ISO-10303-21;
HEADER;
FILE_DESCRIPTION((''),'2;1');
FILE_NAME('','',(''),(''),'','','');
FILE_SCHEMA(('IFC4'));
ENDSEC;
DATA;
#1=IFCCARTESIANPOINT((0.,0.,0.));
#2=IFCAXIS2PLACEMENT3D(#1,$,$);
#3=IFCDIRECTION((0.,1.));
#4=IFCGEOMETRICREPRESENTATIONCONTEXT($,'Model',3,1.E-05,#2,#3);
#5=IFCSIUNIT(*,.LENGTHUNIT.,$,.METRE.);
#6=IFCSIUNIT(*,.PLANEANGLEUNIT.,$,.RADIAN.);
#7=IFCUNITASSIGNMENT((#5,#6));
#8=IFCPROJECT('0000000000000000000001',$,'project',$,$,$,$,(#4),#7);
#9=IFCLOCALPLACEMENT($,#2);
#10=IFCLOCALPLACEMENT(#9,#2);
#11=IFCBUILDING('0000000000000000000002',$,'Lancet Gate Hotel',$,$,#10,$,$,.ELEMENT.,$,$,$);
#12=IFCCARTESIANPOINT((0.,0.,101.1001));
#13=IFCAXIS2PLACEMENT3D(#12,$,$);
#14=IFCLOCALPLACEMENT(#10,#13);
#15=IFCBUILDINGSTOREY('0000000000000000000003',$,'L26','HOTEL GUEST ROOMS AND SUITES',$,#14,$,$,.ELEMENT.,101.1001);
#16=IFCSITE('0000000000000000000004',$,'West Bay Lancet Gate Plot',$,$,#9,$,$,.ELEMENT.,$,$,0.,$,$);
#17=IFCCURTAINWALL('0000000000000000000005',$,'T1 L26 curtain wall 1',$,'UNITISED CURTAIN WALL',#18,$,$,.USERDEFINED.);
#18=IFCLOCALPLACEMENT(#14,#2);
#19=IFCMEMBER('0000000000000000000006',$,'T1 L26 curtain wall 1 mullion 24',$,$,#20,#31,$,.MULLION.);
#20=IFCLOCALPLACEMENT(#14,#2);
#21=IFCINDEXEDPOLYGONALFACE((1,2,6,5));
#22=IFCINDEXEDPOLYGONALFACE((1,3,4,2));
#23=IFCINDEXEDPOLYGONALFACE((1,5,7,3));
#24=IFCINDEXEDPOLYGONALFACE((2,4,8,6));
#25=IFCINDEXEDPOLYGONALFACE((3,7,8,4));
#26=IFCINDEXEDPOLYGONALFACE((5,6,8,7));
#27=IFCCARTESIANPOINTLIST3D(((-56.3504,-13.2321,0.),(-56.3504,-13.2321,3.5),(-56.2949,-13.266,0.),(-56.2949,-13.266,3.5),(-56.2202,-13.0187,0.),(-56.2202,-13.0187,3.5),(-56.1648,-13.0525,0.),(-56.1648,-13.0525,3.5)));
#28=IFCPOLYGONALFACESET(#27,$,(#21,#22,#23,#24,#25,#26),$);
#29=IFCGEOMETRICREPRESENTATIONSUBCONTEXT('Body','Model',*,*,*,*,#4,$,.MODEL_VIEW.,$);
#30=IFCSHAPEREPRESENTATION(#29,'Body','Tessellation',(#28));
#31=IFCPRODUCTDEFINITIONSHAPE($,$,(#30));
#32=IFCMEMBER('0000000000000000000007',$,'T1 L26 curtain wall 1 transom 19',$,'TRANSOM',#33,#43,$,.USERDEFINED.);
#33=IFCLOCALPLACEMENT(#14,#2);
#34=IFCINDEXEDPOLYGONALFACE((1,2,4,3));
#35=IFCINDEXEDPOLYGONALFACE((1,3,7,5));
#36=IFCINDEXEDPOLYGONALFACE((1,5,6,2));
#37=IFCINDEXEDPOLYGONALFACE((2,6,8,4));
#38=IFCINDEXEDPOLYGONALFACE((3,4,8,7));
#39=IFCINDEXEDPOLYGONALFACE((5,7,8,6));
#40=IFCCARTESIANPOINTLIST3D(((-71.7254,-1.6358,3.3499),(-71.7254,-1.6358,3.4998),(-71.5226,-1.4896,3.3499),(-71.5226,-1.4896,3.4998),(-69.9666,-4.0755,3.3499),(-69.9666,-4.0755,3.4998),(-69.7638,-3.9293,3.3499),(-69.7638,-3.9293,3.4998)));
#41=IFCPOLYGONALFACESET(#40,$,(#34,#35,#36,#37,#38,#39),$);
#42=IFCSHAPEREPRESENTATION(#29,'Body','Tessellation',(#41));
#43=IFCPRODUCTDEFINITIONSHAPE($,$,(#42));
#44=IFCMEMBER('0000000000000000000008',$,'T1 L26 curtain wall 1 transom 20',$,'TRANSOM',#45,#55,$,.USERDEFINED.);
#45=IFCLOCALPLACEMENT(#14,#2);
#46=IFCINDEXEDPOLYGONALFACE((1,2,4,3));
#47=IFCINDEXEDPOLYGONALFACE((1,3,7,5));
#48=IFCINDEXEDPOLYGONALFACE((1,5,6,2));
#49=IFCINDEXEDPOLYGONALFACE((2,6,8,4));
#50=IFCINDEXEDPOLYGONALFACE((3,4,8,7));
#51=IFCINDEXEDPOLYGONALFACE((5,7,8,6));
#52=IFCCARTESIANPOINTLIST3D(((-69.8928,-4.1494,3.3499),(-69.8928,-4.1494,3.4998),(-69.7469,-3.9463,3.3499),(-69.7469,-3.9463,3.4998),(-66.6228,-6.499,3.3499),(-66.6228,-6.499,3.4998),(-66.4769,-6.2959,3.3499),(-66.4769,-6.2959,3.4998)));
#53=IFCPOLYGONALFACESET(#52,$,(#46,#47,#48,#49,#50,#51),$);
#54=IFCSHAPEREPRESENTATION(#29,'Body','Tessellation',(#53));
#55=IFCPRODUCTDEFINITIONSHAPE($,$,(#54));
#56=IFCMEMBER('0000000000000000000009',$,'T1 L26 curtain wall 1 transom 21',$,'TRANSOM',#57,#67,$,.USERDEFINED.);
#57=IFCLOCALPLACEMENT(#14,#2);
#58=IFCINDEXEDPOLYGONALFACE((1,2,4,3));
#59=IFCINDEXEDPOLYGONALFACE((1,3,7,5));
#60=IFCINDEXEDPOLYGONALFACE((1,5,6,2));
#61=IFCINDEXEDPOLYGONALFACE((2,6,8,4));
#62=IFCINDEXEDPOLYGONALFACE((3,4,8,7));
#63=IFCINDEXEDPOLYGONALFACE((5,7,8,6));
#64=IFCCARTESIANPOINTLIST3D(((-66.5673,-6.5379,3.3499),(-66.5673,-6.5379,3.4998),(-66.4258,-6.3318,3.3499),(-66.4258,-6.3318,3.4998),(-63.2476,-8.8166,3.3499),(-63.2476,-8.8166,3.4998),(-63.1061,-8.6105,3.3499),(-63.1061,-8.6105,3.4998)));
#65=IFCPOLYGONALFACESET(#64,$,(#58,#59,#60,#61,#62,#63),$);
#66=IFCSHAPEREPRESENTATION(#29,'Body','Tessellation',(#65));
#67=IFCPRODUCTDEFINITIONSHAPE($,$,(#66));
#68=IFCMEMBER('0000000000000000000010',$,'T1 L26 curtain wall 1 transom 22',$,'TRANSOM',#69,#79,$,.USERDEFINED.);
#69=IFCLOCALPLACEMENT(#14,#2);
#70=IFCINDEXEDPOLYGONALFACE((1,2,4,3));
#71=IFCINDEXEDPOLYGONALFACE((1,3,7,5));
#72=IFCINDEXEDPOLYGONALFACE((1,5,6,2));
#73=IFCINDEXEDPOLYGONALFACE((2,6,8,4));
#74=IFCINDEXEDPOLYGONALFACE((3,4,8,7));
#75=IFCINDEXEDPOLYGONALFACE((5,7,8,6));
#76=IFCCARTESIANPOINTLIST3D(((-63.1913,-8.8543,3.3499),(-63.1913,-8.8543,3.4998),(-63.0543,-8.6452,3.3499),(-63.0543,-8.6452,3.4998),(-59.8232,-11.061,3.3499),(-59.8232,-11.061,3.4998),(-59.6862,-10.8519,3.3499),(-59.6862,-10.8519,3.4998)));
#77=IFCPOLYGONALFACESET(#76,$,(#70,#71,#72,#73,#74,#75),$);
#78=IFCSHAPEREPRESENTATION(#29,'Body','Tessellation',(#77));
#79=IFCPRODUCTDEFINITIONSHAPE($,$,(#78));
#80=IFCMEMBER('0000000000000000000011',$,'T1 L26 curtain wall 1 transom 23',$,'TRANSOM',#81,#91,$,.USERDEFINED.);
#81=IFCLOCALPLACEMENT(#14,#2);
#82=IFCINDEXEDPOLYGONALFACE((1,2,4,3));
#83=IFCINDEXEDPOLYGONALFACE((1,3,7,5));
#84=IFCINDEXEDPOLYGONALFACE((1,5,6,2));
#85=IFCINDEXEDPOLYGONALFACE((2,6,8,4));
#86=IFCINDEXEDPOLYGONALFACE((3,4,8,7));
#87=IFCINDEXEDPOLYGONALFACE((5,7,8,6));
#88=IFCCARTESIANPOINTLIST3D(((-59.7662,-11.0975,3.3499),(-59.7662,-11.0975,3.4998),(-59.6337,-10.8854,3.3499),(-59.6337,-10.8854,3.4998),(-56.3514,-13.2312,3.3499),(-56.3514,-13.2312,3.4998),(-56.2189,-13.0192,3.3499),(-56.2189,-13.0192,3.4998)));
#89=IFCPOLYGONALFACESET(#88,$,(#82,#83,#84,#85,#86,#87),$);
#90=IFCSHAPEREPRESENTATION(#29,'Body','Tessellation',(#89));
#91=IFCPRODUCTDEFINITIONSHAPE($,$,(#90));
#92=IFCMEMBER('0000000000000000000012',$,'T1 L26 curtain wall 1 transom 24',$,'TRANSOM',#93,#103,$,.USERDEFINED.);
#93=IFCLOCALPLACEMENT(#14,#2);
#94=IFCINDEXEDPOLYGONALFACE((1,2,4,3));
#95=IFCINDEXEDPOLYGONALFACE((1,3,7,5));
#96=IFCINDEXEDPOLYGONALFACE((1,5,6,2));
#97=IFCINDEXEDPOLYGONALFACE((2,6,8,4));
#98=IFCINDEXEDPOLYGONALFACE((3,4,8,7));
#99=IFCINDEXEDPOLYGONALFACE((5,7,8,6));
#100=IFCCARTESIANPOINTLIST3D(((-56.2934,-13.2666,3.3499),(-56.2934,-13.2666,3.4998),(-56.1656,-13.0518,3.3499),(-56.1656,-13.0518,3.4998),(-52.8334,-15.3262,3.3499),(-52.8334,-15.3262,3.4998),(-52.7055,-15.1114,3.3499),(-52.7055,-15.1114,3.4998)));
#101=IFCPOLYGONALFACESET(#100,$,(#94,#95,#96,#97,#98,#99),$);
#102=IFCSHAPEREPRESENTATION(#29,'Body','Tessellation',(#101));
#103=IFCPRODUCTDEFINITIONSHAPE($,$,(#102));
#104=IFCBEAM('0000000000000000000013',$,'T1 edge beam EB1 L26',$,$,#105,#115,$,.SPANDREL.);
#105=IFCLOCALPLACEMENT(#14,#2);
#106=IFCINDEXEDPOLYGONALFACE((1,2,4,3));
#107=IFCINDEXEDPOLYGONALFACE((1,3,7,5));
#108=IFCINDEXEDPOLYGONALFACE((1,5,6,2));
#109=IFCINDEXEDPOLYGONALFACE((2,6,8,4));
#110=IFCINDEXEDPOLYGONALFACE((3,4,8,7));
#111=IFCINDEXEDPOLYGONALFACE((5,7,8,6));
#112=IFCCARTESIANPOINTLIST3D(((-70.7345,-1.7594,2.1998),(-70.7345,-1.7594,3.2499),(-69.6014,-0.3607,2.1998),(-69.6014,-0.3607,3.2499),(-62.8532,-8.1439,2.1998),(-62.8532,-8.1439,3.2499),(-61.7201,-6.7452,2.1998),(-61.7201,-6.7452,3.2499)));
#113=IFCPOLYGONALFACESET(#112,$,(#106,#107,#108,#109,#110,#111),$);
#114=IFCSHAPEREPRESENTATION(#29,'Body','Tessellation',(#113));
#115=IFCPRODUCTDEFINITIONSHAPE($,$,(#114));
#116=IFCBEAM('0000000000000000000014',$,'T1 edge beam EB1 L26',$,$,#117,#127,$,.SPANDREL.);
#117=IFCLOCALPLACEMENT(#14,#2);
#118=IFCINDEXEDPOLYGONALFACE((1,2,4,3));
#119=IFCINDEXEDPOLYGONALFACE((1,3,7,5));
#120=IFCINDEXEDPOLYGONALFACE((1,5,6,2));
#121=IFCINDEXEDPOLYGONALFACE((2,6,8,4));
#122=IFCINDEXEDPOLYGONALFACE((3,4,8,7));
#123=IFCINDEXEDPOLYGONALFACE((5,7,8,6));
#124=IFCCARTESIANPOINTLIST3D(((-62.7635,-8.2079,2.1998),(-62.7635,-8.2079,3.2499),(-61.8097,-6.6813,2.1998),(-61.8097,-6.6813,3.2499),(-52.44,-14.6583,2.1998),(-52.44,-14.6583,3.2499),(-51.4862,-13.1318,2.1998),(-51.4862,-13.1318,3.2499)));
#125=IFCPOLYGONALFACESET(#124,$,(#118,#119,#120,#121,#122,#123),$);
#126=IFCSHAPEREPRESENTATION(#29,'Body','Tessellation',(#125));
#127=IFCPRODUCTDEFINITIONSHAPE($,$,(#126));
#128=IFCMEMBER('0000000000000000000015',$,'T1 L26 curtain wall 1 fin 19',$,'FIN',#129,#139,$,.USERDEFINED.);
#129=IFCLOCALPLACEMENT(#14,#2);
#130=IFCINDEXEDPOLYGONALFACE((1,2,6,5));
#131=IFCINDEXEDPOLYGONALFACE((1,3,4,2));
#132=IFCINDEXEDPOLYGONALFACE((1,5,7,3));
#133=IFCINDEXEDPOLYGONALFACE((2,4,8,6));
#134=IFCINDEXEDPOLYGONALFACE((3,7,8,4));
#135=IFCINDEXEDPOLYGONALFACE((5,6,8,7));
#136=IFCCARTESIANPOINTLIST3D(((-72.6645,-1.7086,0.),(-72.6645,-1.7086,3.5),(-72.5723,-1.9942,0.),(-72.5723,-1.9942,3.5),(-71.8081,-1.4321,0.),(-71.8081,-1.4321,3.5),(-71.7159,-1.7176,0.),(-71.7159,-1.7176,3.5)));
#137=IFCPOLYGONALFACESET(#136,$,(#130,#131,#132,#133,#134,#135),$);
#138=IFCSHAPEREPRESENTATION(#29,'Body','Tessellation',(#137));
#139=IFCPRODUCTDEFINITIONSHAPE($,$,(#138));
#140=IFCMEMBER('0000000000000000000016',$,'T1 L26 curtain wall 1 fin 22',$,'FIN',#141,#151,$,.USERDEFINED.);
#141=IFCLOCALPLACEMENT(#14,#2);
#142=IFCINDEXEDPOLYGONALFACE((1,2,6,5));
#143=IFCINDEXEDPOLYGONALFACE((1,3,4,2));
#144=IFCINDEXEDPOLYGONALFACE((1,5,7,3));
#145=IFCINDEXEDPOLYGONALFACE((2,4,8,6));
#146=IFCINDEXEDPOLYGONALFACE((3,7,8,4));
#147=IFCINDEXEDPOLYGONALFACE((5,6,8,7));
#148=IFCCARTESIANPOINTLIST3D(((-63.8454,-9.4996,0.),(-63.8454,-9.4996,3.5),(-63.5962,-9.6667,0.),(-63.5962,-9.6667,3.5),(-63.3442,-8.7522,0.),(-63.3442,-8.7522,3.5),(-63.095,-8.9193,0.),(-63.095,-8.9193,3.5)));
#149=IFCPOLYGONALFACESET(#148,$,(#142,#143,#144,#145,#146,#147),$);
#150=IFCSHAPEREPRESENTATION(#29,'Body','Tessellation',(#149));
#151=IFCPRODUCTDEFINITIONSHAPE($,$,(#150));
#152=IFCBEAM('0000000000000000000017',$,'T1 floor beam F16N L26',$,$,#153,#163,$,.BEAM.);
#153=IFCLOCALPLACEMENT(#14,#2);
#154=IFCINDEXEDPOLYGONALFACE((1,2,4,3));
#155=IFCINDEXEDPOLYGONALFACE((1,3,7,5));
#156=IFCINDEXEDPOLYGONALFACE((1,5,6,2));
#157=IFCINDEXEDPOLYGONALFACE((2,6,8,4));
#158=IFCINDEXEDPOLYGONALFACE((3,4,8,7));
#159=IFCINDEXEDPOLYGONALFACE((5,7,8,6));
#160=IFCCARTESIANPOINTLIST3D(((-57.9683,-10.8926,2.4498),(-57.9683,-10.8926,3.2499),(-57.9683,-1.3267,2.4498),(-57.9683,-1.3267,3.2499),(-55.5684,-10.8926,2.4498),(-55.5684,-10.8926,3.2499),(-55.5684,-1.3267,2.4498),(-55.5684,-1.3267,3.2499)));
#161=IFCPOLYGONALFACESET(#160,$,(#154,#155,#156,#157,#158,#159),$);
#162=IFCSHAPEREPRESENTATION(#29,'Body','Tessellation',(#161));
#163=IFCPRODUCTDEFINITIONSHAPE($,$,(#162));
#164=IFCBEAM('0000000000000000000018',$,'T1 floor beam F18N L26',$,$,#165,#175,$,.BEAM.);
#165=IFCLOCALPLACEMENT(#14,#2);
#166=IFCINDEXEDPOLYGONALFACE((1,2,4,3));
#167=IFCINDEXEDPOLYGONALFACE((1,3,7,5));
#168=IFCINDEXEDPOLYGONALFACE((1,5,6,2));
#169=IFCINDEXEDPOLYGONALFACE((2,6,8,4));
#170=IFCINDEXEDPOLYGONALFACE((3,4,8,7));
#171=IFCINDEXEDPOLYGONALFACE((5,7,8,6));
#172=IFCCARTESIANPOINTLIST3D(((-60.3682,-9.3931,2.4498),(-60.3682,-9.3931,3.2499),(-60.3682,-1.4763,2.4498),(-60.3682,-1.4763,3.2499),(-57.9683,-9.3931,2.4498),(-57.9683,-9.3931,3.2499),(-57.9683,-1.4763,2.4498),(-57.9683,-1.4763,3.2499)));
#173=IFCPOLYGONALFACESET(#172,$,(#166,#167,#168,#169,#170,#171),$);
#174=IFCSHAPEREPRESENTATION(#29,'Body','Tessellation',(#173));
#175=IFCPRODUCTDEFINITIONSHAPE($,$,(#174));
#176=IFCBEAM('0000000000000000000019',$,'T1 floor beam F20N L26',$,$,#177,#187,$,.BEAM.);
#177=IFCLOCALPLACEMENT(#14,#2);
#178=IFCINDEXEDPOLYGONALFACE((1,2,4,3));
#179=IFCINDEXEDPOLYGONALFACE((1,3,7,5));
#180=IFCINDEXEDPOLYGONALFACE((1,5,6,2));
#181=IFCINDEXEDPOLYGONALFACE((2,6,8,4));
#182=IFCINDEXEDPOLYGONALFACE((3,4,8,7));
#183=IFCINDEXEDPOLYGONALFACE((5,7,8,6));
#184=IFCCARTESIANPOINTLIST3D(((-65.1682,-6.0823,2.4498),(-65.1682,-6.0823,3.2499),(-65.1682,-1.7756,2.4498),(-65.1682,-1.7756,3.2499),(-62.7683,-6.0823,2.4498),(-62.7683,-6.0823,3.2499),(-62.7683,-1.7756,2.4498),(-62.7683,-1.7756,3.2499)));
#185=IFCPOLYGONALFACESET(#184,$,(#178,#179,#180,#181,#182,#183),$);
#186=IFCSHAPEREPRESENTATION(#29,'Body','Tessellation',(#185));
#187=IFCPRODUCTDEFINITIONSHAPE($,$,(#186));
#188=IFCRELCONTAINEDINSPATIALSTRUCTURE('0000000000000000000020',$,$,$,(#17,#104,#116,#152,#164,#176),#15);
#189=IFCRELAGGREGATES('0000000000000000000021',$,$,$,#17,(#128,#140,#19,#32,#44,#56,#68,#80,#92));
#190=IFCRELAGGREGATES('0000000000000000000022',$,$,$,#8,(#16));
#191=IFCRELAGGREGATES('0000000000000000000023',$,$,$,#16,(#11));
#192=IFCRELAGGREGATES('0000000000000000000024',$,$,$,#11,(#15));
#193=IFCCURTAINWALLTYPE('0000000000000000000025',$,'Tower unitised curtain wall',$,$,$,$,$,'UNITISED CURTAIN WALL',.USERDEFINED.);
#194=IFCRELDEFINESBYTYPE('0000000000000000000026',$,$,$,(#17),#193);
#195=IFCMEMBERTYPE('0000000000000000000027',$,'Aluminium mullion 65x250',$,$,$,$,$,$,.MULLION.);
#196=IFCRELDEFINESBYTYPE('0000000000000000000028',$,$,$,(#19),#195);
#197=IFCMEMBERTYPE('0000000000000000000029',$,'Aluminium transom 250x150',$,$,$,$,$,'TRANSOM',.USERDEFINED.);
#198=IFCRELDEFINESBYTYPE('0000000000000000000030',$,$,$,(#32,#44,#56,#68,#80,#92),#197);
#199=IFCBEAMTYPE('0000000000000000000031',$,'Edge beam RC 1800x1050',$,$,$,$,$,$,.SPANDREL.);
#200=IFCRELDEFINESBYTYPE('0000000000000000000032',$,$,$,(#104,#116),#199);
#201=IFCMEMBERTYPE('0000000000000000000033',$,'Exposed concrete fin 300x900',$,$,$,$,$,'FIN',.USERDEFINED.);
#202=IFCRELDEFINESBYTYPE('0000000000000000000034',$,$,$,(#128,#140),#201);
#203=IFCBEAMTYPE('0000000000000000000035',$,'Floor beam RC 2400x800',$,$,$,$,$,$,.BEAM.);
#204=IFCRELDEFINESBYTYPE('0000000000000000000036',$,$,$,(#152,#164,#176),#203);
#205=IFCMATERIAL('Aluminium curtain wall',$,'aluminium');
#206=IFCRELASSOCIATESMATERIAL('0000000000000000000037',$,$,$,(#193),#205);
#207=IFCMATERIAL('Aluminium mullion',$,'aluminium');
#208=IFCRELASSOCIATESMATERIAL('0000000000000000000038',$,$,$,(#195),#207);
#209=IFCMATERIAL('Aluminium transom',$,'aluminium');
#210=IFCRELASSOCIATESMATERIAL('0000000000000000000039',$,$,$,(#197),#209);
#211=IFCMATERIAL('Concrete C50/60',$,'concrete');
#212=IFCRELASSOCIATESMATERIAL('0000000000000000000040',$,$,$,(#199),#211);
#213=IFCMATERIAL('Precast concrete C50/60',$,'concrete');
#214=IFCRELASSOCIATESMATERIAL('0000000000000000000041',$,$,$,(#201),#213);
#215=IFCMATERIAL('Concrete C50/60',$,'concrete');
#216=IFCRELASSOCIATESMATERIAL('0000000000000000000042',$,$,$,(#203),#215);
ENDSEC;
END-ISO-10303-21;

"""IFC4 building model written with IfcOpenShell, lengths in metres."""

from ifc_helpers import new_model, si_unit, direction, frame, origin, origin_2d, place, context, subcontext, project, spatial, rectangle, extrude, material, material_profile, profile_set, type_object, element, aggregate, save


model = new_model("IFC4")

# Units and contexts
model_context = context("Model", 3, precision=1e-05, world=origin(), true_north=direction((0.0, 1.0)))
body_context = subcontext(model_context, "Body", "Model", "MODEL_VIEW")
ifc_project = project(units=[si_unit("LENGTHUNIT", "METRE"), si_unit("PLANEANGLEUNIT", "RADIAN")], contexts=[model_context])

# Site, building, storey
site_placement = place(None, origin())
site = spatial("IfcSite", under=ifc_project, at=site_placement, Name="West Bay Lancet Gate Plot", CompositionType="ELEMENT", RefElevation=0.0)
building_placement = place(site_placement, origin())
building = spatial("IfcBuilding", under=site, at=building_placement, Name="Lancet Gate Hotel", CompositionType="ELEMENT")
storey_placement = place(building_placement, frame((0.0, 0.0, 101.1001)))
storey = spatial("IfcBuildingStorey", under=building, at=storey_placement, Name="L26", Description="HOTEL GUEST ROOMS AND SUITES", CompositionType="ELEMENT", Elevation=101.1001)

# Curtain wall, members
ifc_material_1 = material(Name="Aluminium curtain wall", Category="aluminium")
curtain_wall_type = type_object("IfcCurtainWallType", Name="Tower unitised curtain wall", ElementType="UNITISED CURTAIN WALL", PredefinedType="USERDEFINED", material=ifc_material_1)
curtain_wall_placement = place(storey_placement, origin())
curtain_wall = element("IfcCurtainWall", 1, at=curtain_wall_placement, inside=storey, type_object=curtain_wall_type, Name="T1 L26 curtain wall 1", ObjectType="UNITISED CURTAIN WALL", PredefinedType="USERDEFINED")
ifc_material_2 = material(Name="Aluminium mullion", Category="aluminium")
ifc_material_profile_1 = material_profile(ifc_material_2, rectangle(XDim=0.0649, YDim=0.25, at=origin_2d()), Name="MULLION 65x250")
ifc_profile_set_1 = profile_set([ifc_material_profile_1], Name="Aluminium mullion")
member_type_1 = type_object("IfcMemberType", Name="Aluminium mullion 65x250", PredefinedType="MULLION", material=ifc_profile_set_1)
member_1_placement = place(storey_placement, frame((-56.2576, -13.1423, 0.0), z_axis=(0.0, 0.0, 1.0), x_axis=(0.853716, -0.520739, 0.0)))
member_1 = element("IfcMember", 2, at=member_1_placement, type_object=member_type_1, Name="T1 L26 curtain wall 1 mullion 24", PredefinedType="MULLION", context=body_context, shape_type="SweptSolid", body=[
    extrude(rectangle(XDim=0.0649, YDim=0.25, at=origin_2d()), origin(), (0.0, 0.0, 1.0), 3.5),
])
ifc_material_3 = material(Name="Aluminium transom", Category="aluminium")
ifc_material_profile_2 = material_profile(ifc_material_3, rectangle(XDim=0.25, YDim=0.1499, at=origin_2d()), Name="TRANSOM 250x150")
ifc_profile_set_2 = profile_set([ifc_material_profile_2], Name="Aluminium transom")
member_type_2 = type_object("IfcMemberType", Name="Aluminium transom 250x150", ElementType="TRANSOM", PredefinedType="USERDEFINED", material=ifc_profile_set_2)
member_2_placement = place(storey_placement, frame((-71.624, -1.5627, 3.4248), z_axis=(0.584788, -0.811186, 0.0), x_axis=(0.811186, 0.584788, 0.0)))
member_2 = element("IfcMember", 3, at=member_2_placement, type_object=member_type_2, Name="T1 L26 curtain wall 1 transom 19", ObjectType="TRANSOM", PredefinedType="USERDEFINED", context=body_context, shape_type="SweptSolid", body=[
    extrude(rectangle(XDim=0.25, YDim=0.1499, at=origin_2d()), origin(), (0.0, 0.0, 1.0), 3.0076),
])
member_3_placement = place(storey_placement, frame((-69.8198, -4.0479, 3.4248), z_axis=(0.8121, -0.583519, 0.0), x_axis=(0.583519, 0.8121, 0.0)))
member_3 = element("IfcMember", 4, at=member_3_placement, type_object=member_type_2, Name="T1 L26 curtain wall 1 transom 20", ObjectType="TRANSOM", PredefinedType="USERDEFINED", context=body_context, shape_type="SweptSolid", body=[
    extrude(rectangle(XDim=0.25, YDim=0.1499, at=origin_2d()), origin(), (0.0, 0.0, 1.0), 4.0266),
])
member_4_placement = place(storey_placement, frame((-66.4966, -6.4348, 3.4248), z_axis=(0.824456, -0.565927, 0.0), x_axis=(0.565927, 0.824456, 0.0)))
member_4 = element("IfcMember", 5, at=member_4_placement, type_object=member_type_2, Name="T1 L26 curtain wall 1 transom 21", ObjectType="TRANSOM", PredefinedType="USERDEFINED", context=body_context, shape_type="SweptSolid", body=[
    extrude(rectangle(XDim=0.25, YDim=0.1499, at=origin_2d()), origin(), (0.0, 0.0, 1.0), 4.0266),
])
member_5_placement = place(storey_placement, frame((-63.1228, -8.7498, 3.4248), z_axis=(0.836454, -0.548036, 0.0), x_axis=(0.548036, 0.836454, 0.0)))
member_5 = element("IfcMember", 6, at=member_5_placement, type_object=member_type_2, Name="T1 L26 curtain wall 1 transom 22", ObjectType="TRANSOM", PredefinedType="USERDEFINED", context=body_context, shape_type="SweptSolid", body=[
    extrude(rectangle(XDim=0.25, YDim=0.1499, at=origin_2d()), origin(), (0.0, 0.0, 1.0), 4.0266),
])
member_6_placement = place(storey_placement, frame((-59.7, -10.9915, 3.4248), z_axis=(0.848049, -0.529917, 0.0), x_axis=(0.529917, 0.848049, 0.0)))
member_6 = element("IfcMember", 7, at=member_6_placement, type_object=member_type_2, Name="T1 L26 curtain wall 1 transom 23", ObjectType="TRANSOM", PredefinedType="USERDEFINED", context=body_context, shape_type="SweptSolid", body=[
    extrude(rectangle(XDim=0.25, YDim=0.1499, at=origin_2d()), origin(), (0.0, 0.0, 1.0), 4.0266),
])
member_7_placement = place(storey_placement, frame((-56.2295, -13.1592, 3.4248), z_axis=(0.859285, -0.511497, 0.0), x_axis=(0.511497, 0.859285, 0.0)))
member_7 = element("IfcMember", 8, at=member_7_placement, type_object=member_type_2, Name="T1 L26 curtain wall 1 transom 24", ObjectType="TRANSOM", PredefinedType="USERDEFINED", context=body_context, shape_type="SweptSolid", body=[
    extrude(rectangle(XDim=0.25, YDim=0.1499, at=origin_2d()), origin(), (0.0, 0.0, 1.0), 4.0266),
])

# Beams
ifc_material_4 = material(Name="Concrete C50/60", Category="concrete")
ifc_material_profile_3 = material_profile(ifc_material_4, rectangle(XDim=1.8, YDim=1.05, at=origin_2d()), Name="RC 1800x1050")
ifc_profile_set_3 = profile_set([ifc_material_profile_3], Name="Concrete C50/60")
beam_type_1 = type_object("IfcBeamType", Name="Edge beam RC 1800x1050", PredefinedType="SPANDREL", material=ifc_profile_set_3)
beam_1_placement = place(storey_placement, frame((-70.168, -1.0601, 2.7249), z_axis=(0.777034, -0.629459, 0.0), x_axis=(0.629459, 0.777034, 0.0)))
element("IfcBeam", 9, at=beam_1_placement, inside=storey, type_object=beam_type_1, Name="T1 edge beam EB1 L26", PredefinedType="SPANDREL", context=body_context, shape_type="SweptSolid", body=[
    extrude(rectangle(XDim=1.8, YDim=1.05, at=origin_2d()), origin(), (0.0, 0.0, 1.0), 10.1428),
])
beam_2_placement = place(storey_placement, frame((-62.2866, -7.4446, 2.7249), z_axis=(0.848063, -0.529896, 0.0), x_axis=(0.529896, 0.848063, 0.0)))
element("IfcBeam", 10, at=beam_2_placement, inside=storey, type_object=beam_type_1, Name="T1 edge beam EB1 L26", PredefinedType="SPANDREL", context=body_context, shape_type="SweptSolid", body=[
    extrude(rectangle(XDim=1.8, YDim=1.05, at=origin_2d()), origin(), (0.0, 0.0, 1.0), 12.1731),
])

# Members
ifc_material_5 = material(Name="Precast concrete C50/60", Category="concrete")
ifc_material_profile_4 = material_profile(ifc_material_5, rectangle(XDim=0.3, YDim=0.8999, at=origin_2d()), Name="FIN 300x900")
ifc_profile_set_4 = profile_set([ifc_material_profile_4], Name="Precast concrete C50/60")
member_type_3 = type_object("IfcMemberType", Name="Exposed concrete fin 300x900", ElementType="FIN", PredefinedType="USERDEFINED", material=ifc_profile_set_4)
member_8_placement = place(storey_placement, frame((-72.1902, -1.7131, 0.0), z_axis=(0.0, 0.0, 1.0), x_axis=(0.307269, -0.951623, 0.0)))
member_8 = element("IfcMember", 11, at=member_8_placement, type_object=member_type_3, Name="T1 L26 curtain wall 1 fin 19", ObjectType="FIN", PredefinedType="USERDEFINED", context=body_context, shape_type="SweptSolid", body=[
    extrude(rectangle(XDim=0.3, YDim=0.8999, at=origin_2d()), origin(), (0.0, 0.0, 1.0), 3.5),
])
member_9_placement = place(storey_placement, frame((-63.4702, -9.2095, 0.0), z_axis=(0.0, 0.0, 1.0), x_axis=(0.83051, -0.557004, 0.0)))
member_9 = element("IfcMember", 12, at=member_9_placement, type_object=member_type_3, Name="T1 L26 curtain wall 1 fin 22", ObjectType="FIN", PredefinedType="USERDEFINED", context=body_context, shape_type="SweptSolid", body=[
    extrude(rectangle(XDim=0.3, YDim=0.8999, at=origin_2d()), origin(), (0.0, 0.0, 1.0), 3.5),
])

# Beams
ifc_material_6 = material(Name="Concrete C50/60", Category="concrete")
ifc_material_profile_5 = material_profile(ifc_material_6, rectangle(XDim=2.3999, YDim=0.8, at=origin_2d()), Name="RC 2400x800")
ifc_profile_set_5 = profile_set([ifc_material_profile_5], Name="Concrete C50/60")
beam_type_2 = type_object("IfcBeamType", Name="Floor beam RC 2400x800", PredefinedType="BEAM", material=ifc_profile_set_5)
beam_3_placement = place(storey_placement, frame((-56.7683, -1.3267, 2.8499), z_axis=(0.0, -1.0, 0.0), x_axis=(1.0, 0.0, 0.0)))
element("IfcBeam", 13, at=beam_3_placement, inside=storey, type_object=beam_type_2, Name="T1 floor beam F16N L26", PredefinedType="BEAM", context=body_context, shape_type="SweptSolid", body=[
    extrude(rectangle(XDim=2.3999, YDim=0.8, at=origin_2d()), origin(), (0.0, 0.0, 1.0), 9.5659),
])
beam_4_placement = place(storey_placement, frame((-59.1682, -1.4763, 2.8499), z_axis=(0.0, -1.0, 0.0), x_axis=(1.0, 0.0, 0.0)))
element("IfcBeam", 14, at=beam_4_placement, inside=storey, type_object=beam_type_2, Name="T1 floor beam F18N L26", PredefinedType="BEAM", context=body_context, shape_type="SweptSolid", body=[
    extrude(rectangle(XDim=2.3999, YDim=0.8, at=origin_2d()), origin(), (0.0, 0.0, 1.0), 7.9167),
])
beam_5_placement = place(storey_placement, frame((-63.9683, -1.7756, 2.8499), z_axis=(0.0, -1.0, 0.0), x_axis=(1.0, 0.0, 0.0)))
element("IfcBeam", 15, at=beam_5_placement, inside=storey, type_object=beam_type_2, Name="T1 floor beam F20N L26", PredefinedType="BEAM", context=body_context, shape_type="SweptSolid", body=[
    extrude(rectangle(XDim=2.3999, YDim=0.8, at=origin_2d()), origin(), (0.0, 0.0, 1.0), 4.3066),
])

aggregate(curtain_wall, [member_8, member_9, member_1, member_2, member_3, member_4, member_5, member_6, member_7])

save(model, "model.ifc")
